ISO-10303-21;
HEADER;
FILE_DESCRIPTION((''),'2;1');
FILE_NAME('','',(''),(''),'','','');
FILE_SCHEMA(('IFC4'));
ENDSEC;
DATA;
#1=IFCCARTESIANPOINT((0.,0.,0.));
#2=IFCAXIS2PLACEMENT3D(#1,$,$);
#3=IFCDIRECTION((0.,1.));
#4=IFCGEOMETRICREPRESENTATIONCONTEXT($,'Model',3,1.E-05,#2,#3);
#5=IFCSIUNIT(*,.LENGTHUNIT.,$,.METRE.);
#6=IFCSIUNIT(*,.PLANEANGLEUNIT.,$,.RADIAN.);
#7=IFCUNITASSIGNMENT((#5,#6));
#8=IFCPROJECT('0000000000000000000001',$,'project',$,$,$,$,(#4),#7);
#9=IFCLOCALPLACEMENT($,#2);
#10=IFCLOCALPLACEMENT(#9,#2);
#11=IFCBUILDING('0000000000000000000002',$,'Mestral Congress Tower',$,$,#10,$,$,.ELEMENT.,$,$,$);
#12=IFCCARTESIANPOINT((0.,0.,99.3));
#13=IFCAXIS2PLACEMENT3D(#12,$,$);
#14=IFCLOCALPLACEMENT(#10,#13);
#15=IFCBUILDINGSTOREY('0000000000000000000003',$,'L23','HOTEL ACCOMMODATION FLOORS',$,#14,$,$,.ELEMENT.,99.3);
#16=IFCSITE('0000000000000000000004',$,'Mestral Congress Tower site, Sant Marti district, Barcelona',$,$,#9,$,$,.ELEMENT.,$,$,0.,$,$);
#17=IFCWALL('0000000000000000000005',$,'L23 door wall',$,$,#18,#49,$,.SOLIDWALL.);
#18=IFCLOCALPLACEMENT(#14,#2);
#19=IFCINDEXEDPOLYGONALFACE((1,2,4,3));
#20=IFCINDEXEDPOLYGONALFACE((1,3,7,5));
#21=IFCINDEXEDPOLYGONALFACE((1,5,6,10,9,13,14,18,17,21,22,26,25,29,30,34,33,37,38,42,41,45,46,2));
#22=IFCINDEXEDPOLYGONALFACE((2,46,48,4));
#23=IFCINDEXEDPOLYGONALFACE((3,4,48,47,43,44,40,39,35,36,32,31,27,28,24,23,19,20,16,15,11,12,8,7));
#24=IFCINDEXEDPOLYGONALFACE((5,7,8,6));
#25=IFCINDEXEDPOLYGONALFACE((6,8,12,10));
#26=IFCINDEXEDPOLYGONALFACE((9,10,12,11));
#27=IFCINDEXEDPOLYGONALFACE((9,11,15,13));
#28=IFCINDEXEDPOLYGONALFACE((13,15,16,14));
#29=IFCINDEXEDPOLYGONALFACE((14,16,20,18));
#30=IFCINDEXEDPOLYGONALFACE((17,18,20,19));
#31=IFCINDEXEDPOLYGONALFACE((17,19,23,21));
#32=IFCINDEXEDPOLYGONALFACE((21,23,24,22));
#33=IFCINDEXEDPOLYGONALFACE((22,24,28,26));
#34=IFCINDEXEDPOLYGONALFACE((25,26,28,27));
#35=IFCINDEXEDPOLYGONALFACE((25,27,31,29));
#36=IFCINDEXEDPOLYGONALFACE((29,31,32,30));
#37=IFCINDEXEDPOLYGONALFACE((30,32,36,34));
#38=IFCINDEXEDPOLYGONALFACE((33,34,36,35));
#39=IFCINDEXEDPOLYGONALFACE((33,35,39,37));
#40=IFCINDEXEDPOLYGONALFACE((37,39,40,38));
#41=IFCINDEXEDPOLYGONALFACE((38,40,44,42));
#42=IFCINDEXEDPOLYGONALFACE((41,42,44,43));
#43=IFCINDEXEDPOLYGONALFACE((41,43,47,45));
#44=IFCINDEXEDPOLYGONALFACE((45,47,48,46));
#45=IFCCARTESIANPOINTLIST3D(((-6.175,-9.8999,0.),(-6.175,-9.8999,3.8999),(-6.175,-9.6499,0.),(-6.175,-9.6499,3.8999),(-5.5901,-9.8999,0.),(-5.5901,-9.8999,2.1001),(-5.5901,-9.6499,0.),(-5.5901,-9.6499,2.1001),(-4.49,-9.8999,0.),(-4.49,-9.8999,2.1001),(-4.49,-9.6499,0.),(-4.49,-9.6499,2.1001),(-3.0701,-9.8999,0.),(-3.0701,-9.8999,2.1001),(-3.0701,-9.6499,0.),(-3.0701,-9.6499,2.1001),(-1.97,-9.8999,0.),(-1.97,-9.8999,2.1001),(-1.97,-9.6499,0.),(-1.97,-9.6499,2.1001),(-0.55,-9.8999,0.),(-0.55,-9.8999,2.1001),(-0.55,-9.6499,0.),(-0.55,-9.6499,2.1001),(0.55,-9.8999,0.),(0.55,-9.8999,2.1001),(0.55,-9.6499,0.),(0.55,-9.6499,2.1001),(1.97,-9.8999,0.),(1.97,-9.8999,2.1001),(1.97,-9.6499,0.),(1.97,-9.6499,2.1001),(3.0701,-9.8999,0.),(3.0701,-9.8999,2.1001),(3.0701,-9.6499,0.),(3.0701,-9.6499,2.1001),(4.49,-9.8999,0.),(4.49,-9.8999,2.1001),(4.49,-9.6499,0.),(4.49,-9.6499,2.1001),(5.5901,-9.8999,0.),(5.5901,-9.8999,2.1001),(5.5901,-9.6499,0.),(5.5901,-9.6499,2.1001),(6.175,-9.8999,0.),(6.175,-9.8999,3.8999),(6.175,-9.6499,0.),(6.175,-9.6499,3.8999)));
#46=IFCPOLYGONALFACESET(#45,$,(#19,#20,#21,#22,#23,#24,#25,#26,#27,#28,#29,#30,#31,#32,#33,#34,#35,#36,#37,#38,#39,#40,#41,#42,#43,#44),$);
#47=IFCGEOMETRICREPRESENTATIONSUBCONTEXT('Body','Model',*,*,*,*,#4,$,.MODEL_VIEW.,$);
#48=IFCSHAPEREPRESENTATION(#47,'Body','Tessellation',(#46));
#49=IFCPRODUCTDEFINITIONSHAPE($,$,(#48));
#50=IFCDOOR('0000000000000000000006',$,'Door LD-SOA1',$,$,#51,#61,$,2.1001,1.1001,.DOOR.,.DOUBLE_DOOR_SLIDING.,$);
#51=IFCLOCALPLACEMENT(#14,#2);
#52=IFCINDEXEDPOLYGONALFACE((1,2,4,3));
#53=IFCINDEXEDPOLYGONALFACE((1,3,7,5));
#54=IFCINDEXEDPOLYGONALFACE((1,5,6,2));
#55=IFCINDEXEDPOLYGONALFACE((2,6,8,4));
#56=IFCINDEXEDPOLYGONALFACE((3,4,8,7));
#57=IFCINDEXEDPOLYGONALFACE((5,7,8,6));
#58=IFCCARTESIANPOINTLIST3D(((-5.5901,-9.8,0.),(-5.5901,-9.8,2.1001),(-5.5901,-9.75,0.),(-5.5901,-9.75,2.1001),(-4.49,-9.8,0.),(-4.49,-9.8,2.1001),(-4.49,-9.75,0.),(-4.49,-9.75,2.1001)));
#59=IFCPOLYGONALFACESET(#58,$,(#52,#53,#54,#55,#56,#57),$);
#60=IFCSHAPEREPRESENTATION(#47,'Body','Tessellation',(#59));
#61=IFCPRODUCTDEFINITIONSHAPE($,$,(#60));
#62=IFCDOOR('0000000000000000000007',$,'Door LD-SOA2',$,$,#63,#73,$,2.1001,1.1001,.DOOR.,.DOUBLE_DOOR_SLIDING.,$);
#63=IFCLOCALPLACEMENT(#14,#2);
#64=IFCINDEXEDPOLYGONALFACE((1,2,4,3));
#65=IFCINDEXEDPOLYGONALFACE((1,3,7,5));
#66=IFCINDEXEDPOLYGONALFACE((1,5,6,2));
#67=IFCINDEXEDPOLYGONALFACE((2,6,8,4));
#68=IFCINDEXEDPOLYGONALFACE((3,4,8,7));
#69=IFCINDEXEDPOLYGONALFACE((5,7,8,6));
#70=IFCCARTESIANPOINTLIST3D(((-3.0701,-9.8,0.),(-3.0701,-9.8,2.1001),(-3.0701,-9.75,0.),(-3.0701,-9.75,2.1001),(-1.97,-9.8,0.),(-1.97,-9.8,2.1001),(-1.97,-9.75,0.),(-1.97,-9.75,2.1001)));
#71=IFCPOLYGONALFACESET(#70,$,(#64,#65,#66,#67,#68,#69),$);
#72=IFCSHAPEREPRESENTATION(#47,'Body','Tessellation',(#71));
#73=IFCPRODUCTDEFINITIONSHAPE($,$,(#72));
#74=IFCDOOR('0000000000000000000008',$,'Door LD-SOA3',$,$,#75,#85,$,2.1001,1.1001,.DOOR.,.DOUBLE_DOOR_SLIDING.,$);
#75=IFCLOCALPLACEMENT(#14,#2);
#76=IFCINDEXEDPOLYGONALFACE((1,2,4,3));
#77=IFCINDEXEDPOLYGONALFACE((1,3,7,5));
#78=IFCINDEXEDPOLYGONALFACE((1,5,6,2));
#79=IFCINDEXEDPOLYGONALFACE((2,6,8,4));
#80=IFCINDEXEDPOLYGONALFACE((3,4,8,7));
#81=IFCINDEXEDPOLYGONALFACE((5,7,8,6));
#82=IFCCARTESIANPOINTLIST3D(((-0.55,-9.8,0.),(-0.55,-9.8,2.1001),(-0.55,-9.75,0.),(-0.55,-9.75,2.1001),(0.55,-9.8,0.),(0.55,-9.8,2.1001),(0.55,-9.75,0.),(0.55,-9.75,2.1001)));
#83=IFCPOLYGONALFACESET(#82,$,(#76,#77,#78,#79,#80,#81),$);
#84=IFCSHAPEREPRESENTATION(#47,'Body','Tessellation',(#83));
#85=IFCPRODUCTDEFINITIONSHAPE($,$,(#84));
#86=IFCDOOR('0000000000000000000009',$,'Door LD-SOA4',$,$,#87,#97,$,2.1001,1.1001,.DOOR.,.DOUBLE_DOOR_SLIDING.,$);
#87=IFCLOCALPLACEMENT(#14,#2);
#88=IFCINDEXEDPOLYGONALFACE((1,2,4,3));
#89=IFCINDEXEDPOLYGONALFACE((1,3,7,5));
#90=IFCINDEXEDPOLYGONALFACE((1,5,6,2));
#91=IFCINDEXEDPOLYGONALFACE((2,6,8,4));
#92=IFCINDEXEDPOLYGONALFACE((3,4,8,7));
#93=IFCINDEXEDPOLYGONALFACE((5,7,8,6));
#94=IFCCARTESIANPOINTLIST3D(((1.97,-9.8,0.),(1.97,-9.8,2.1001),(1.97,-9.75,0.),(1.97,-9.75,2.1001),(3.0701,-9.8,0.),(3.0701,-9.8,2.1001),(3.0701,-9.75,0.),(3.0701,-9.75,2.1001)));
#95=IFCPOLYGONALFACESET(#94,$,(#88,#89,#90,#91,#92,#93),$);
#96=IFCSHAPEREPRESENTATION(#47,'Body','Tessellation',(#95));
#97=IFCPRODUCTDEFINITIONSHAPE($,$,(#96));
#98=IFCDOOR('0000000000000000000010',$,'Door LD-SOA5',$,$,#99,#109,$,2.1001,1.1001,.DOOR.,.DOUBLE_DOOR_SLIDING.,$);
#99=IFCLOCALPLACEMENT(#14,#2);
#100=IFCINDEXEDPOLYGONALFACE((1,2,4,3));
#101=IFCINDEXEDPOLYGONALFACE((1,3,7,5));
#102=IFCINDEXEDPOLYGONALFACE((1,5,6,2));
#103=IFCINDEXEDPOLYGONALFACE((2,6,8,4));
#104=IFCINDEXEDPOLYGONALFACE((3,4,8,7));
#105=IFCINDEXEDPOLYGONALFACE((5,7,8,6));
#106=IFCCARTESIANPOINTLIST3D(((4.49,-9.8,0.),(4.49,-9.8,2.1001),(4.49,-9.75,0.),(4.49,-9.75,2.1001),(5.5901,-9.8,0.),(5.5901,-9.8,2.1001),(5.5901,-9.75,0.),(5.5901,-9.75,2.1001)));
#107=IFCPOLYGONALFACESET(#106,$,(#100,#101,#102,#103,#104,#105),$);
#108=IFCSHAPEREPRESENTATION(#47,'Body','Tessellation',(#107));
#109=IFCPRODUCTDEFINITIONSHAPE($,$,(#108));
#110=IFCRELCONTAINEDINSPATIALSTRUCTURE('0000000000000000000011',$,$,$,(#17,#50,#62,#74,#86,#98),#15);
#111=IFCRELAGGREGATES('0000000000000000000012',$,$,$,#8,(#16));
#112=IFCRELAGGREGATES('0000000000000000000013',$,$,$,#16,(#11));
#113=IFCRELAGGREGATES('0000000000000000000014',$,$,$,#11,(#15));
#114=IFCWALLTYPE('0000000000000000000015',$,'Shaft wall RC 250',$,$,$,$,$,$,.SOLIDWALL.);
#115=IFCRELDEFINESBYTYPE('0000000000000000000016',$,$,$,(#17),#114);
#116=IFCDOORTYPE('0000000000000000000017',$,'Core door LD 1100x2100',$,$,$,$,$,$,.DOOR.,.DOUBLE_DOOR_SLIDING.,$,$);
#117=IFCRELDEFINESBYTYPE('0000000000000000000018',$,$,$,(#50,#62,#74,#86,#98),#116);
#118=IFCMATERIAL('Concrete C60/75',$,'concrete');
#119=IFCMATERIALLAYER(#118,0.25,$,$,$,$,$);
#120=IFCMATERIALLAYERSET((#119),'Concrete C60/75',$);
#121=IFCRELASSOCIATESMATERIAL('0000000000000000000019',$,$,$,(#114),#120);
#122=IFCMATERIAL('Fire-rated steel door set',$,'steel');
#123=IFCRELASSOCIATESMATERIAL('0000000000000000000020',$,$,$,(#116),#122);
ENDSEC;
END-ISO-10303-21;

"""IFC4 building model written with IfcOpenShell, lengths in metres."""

from ifc_helpers import new_model, si_unit, direction, frame, frame_2d, origin, place, context, subcontext, project, spatial, rectangle, extrude, material, layer, layer_set, type_object, element, fill, save


model = new_model("IFC4")

# Units and contexts
model_context = context("Model", 3, precision=1e-05, world=origin(), true_north=direction((0.0, 1.0)))
body_context = subcontext(model_context, "Body", "Model", "MODEL_VIEW")
ifc_project = project(units=[si_unit("LENGTHUNIT", "METRE"), si_unit("PLANEANGLEUNIT", "RADIAN")], contexts=[model_context])

# Site, building, storey
site_placement = place(None, origin())
site = spatial("IfcSite", under=ifc_project, at=site_placement, Name="Mestral Congress Tower site, Sant Marti district, Barcelona", CompositionType="ELEMENT", RefElevation=0.0)
building_placement = place(site_placement, origin())
building = spatial("IfcBuilding", under=site, at=building_placement, Name="Mestral Congress Tower", CompositionType="ELEMENT")
storey_placement = place(building_placement, frame((0.0, 0.0, 99.3)))
storey = spatial("IfcBuildingStorey", under=building, at=storey_placement, Name="L23", Description="HOTEL ACCOMMODATION FLOORS", CompositionType="ELEMENT", Elevation=99.3)

# Shared definitions
ifc_material_1 = material(Name="Fire-rated steel door set", Category="steel")

# Shared definitions
ifc_material_2 = material(Name="Concrete C60/75", Category="concrete")
ifc_layer_1 = layer(ifc_material_2, 0.25)
ifc_layer_set_1 = layer_set([ifc_layer_1], Name="Concrete C60/75")
wall_type_1 = type_object("IfcWallType", Name="Shaft wall RC 250", PredefinedType="SOLIDWALL", material=ifc_layer_set_1)

# Wall, openings, doors
wall_1_placement = place(storey_placement, frame((-6.175, -9.7749, 0.0), z_axis=(0.0, 0.0, 1.0), x_axis=(1.0, 0.0, 0.0)))
wall_1 = element("IfcWall", 1, at=wall_1_placement, inside=storey, type_object=wall_type_1, Name="L23 door wall", PredefinedType="SOLIDWALL", context=body_context, shape_type="SweptSolid", body=[
    extrude(rectangle(XDim=12.3501, YDim=0.25, at=frame_2d((6.175, 0.0))), origin(), (0.0, 0.0, 1.0), 3.8999),
])
opening_1_placement = place(wall_1_placement, frame((0.585, 0.0, 0.0)))
opening_1 = element("IfcOpeningElement", 2, at=opening_1_placement, cuts=wall_1, PredefinedType="OPENING", context=body_context, shape_type="SweptSolid", body=[
    extrude(rectangle(XDim=1.1001, YDim=2.1001, at=frame_2d((0.55, 1.05))), frame((0.0, 0.135, 0.0), z_axis=(0.0, -1.0, 0.0), x_axis=(1.0, 0.0, 0.0)), (0.0, 0.0, 1.0), 0.27),
])
opening_2_placement = place(wall_1_placement, frame((3.105, 0.0, 0.0)))
opening_2 = element("IfcOpeningElement", 3, at=opening_2_placement, cuts=wall_1, PredefinedType="OPENING", context=body_context, shape_type="SweptSolid", body=[
    extrude(rectangle(XDim=1.1001, YDim=2.1001, at=frame_2d((0.55, 1.05))), frame((0.0, 0.135, 0.0), z_axis=(0.0, -1.0, 0.0), x_axis=(1.0, 0.0, 0.0)), (0.0, 0.0, 1.0), 0.27),
])
opening_3_placement = place(wall_1_placement, frame((5.625, 0.0, 0.0)))
opening_3 = element("IfcOpeningElement", 4, at=opening_3_placement, cuts=wall_1, PredefinedType="OPENING", context=body_context, shape_type="SweptSolid", body=[
    extrude(rectangle(XDim=1.1001, YDim=2.1001, at=frame_2d((0.55, 1.05))), frame((0.0, 0.135, 0.0), z_axis=(0.0, -1.0, 0.0), x_axis=(1.0, 0.0, 0.0)), (0.0, 0.0, 1.0), 0.27),
])
opening_4_placement = place(wall_1_placement, frame((8.145, 0.0, 0.0)))
opening_4 = element("IfcOpeningElement", 5, at=opening_4_placement, cuts=wall_1, PredefinedType="OPENING", context=body_context, shape_type="SweptSolid", body=[
    extrude(rectangle(XDim=1.1001, YDim=2.1001, at=frame_2d((0.55, 1.05))), frame((0.0, 0.135, 0.0), z_axis=(0.0, -1.0, 0.0), x_axis=(1.0, 0.0, 0.0)), (0.0, 0.0, 1.0), 0.27),
])
opening_5_placement = place(wall_1_placement, frame((10.665, 0.0, 0.0)))
opening_5 = element("IfcOpeningElement", 6, at=opening_5_placement, cuts=wall_1, PredefinedType="OPENING", context=body_context, shape_type="SweptSolid", body=[
    extrude(rectangle(XDim=1.1001, YDim=2.1001, at=frame_2d((0.55, 1.05))), frame((0.0, 0.135, 0.0), z_axis=(0.0, -1.0, 0.0), x_axis=(1.0, 0.0, 0.0)), (0.0, 0.0, 1.0), 0.27),
])
door_type_1 = type_object("IfcDoorType", Name="Core door LD 1100x2100", OperationType="DOUBLE_DOOR_SLIDING", PredefinedType="DOOR", material=ifc_material_1)
door_1_placement = place(opening_1_placement, origin())
door_1 = element("IfcDoor", 7, at=door_1_placement, inside=storey, type_object=door_type_1, Name="Door LD-SOA1", OperationType="DOUBLE_DOOR_SLIDING", OverallHeight=2.1001, OverallWidth=1.1001, PredefinedType="DOOR", context=body_context, shape_type="SweptSolid", body=[
    extrude(rectangle(XDim=1.1001, YDim=2.1001, at=frame_2d((0.55, 1.05))), frame((0.0, 0.0249, 0.0), z_axis=(0.0, -1.0, 0.0), x_axis=(1.0, 0.0, 0.0)), (0.0, 0.0, 1.0), 0.05),
])
fill(opening_1, door_1)
door_2_placement = place(opening_2_placement, origin())
door_2 = element("IfcDoor", 8, at=door_2_placement, inside=storey, type_object=door_type_1, Name="Door LD-SOA2", OperationType="DOUBLE_DOOR_SLIDING", OverallHeight=2.1001, OverallWidth=1.1001, PredefinedType="DOOR", context=body_context, shape_type="SweptSolid", body=[
    extrude(rectangle(XDim=1.1001, YDim=2.1001, at=frame_2d((0.55, 1.05))), frame((0.0, 0.0249, 0.0), z_axis=(0.0, -1.0, 0.0), x_axis=(1.0, 0.0, 0.0)), (0.0, 0.0, 1.0), 0.05),
])
fill(opening_2, door_2)
door_3_placement = place(opening_3_placement, origin())
door_3 = element("IfcDoor", 9, at=door_3_placement, inside=storey, type_object=door_type_1, Name="Door LD-SOA3", OperationType="DOUBLE_DOOR_SLIDING", OverallHeight=2.1001, OverallWidth=1.1001, PredefinedType="DOOR", context=body_context, shape_type="SweptSolid", body=[
    extrude(rectangle(XDim=1.1001, YDim=2.1001, at=frame_2d((0.55, 1.05))), frame((0.0, 0.0249, 0.0), z_axis=(0.0, -1.0, 0.0), x_axis=(1.0, 0.0, 0.0)), (0.0, 0.0, 1.0), 0.05),
])
fill(opening_3, door_3)
door_4_placement = place(opening_4_placement, origin())
door_4 = element("IfcDoor", 10, at=door_4_placement, inside=storey, type_object=door_type_1, Name="Door LD-SOA4", OperationType="DOUBLE_DOOR_SLIDING", OverallHeight=2.1001, OverallWidth=1.1001, PredefinedType="DOOR", context=body_context, shape_type="SweptSolid", body=[
    extrude(rectangle(XDim=1.1001, YDim=2.1001, at=frame_2d((0.55, 1.05))), frame((0.0, 0.0249, 0.0), z_axis=(0.0, -1.0, 0.0), x_axis=(1.0, 0.0, 0.0)), (0.0, 0.0, 1.0), 0.05),
])
fill(opening_4, door_4)
door_5_placement = place(opening_5_placement, origin())
door_5 = element("IfcDoor", 11, at=door_5_placement, inside=storey, type_object=door_type_1, Name="Door LD-SOA5", OperationType="DOUBLE_DOOR_SLIDING", OverallHeight=2.1001, OverallWidth=1.1001, PredefinedType="DOOR", context=body_context, shape_type="SweptSolid", body=[
    extrude(rectangle(XDim=1.1001, YDim=2.1001, at=frame_2d((0.55, 1.05))), frame((0.0, 0.0249, 0.0), z_axis=(0.0, -1.0, 0.0), x_axis=(1.0, 0.0, 0.0)), (0.0, 0.0, 1.0), 0.05),
])
fill(opening_5, door_5)

save(model, "model.ifc")
